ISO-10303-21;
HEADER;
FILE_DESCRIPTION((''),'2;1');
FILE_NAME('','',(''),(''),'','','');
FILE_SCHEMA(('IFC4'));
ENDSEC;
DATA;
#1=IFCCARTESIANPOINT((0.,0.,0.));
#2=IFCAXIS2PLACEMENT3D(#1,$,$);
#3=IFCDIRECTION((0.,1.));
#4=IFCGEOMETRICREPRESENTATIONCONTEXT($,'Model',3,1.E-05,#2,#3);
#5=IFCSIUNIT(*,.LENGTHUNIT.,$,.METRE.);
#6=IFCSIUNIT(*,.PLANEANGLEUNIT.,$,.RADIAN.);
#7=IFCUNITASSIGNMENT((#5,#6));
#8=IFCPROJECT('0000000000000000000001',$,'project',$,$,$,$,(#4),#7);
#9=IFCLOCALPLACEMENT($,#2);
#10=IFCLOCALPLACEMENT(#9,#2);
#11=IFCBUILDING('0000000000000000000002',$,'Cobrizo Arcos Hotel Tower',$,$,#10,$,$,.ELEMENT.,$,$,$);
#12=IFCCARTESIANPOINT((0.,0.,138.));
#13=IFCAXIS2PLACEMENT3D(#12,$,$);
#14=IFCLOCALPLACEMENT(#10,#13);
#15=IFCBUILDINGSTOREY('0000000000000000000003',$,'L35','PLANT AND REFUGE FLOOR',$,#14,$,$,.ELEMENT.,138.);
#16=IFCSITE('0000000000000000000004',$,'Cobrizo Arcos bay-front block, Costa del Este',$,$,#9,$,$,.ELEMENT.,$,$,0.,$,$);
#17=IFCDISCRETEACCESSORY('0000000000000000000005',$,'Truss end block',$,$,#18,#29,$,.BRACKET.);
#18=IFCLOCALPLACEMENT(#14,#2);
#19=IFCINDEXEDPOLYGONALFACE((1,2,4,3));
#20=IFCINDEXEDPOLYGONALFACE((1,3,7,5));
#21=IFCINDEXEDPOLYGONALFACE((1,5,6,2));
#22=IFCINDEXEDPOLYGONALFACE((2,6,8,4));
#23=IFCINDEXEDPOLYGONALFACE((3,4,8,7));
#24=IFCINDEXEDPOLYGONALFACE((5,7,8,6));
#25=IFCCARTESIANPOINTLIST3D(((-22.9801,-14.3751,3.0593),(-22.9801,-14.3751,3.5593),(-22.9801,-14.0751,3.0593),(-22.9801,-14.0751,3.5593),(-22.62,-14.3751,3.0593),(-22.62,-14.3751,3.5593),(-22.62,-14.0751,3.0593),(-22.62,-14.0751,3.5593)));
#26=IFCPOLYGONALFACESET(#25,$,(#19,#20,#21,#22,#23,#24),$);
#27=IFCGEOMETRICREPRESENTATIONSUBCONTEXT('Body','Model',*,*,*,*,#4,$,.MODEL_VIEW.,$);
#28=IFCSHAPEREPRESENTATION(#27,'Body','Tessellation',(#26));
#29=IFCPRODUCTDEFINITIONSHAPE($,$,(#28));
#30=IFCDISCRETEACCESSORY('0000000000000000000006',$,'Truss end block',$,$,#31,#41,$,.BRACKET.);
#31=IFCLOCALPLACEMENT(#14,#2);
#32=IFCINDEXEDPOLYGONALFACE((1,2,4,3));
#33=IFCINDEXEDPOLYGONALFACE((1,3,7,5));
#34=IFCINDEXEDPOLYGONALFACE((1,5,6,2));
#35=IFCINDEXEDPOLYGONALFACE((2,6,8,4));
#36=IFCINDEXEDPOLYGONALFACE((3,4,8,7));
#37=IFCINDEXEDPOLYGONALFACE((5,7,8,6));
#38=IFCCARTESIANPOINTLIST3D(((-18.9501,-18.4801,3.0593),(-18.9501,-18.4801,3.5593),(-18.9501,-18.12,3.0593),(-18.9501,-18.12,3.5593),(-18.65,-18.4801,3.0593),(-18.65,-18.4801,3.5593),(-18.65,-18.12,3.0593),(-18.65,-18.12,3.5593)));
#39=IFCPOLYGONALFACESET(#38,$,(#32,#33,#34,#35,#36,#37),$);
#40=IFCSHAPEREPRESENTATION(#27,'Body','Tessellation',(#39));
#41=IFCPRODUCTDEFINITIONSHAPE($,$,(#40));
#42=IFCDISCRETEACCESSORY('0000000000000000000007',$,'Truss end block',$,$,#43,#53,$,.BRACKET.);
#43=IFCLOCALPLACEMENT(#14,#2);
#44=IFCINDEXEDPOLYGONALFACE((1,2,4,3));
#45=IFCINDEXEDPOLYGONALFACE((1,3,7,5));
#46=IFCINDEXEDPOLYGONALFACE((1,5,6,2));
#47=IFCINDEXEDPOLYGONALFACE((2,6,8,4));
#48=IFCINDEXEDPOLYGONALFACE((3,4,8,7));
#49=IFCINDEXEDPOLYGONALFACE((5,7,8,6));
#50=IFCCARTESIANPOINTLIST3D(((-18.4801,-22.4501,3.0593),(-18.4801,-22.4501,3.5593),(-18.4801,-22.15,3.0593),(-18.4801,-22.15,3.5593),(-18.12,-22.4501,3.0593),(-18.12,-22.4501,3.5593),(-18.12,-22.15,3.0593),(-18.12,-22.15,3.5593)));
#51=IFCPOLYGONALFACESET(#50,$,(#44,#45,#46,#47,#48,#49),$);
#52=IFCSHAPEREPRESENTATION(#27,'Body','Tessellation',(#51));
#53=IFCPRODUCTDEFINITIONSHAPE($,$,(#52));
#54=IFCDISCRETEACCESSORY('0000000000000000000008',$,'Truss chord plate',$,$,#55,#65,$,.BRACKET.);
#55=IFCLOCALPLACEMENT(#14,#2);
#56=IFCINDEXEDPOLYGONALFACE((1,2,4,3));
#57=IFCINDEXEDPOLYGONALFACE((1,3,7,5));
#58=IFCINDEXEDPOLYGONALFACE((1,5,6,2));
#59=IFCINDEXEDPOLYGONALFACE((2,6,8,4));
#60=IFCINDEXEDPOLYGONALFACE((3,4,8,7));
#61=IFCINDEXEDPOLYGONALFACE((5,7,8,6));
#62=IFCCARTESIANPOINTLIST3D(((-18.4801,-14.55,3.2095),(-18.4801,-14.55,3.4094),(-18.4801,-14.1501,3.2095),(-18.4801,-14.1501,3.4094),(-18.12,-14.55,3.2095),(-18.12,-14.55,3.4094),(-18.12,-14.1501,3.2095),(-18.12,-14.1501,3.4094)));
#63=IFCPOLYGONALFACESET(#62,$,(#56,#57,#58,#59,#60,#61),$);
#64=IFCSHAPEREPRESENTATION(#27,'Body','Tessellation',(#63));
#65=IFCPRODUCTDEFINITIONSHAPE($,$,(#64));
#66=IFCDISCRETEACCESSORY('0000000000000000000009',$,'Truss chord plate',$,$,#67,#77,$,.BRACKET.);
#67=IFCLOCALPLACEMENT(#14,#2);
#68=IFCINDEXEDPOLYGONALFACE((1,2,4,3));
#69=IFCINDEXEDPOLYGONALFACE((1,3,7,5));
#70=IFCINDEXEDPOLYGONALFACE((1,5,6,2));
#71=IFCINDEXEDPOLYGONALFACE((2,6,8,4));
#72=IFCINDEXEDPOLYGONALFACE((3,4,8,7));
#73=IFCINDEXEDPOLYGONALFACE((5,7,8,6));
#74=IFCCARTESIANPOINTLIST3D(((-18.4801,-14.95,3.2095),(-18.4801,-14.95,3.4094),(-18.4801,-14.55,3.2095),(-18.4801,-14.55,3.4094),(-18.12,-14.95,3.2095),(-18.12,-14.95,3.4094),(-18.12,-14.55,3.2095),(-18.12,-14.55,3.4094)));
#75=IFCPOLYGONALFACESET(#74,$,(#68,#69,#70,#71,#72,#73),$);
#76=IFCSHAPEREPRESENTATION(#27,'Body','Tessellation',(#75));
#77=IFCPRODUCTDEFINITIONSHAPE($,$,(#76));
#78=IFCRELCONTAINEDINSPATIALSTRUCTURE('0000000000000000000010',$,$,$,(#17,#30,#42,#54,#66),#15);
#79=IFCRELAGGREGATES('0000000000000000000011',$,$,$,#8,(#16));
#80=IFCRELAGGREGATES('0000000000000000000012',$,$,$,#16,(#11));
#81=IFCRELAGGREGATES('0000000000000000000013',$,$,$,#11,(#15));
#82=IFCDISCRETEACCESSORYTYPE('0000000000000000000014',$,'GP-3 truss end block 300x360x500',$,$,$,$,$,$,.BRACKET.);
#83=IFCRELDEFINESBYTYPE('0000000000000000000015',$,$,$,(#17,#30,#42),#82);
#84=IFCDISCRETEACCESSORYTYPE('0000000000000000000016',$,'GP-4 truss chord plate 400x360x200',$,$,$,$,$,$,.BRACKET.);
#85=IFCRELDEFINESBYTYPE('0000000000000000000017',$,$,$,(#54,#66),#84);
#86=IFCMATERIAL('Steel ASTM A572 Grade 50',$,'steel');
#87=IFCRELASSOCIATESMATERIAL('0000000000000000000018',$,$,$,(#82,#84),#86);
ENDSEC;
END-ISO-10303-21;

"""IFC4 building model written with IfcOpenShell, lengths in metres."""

from ifc_helpers import new_model, si_unit, direction, frame, origin, origin_2d, place, context, subcontext, project, spatial, rectangle, extrude, material, type_object, element, save


model = new_model("IFC4")

# Units and contexts
model_context = context("Model", 3, precision=1e-05, world=origin(), true_north=direction((0.0, 1.0)))
body_context = subcontext(model_context, "Body", "Model", "MODEL_VIEW")
ifc_project = project(units=[si_unit("LENGTHUNIT", "METRE"), si_unit("PLANEANGLEUNIT", "RADIAN")], contexts=[model_context])

# Site, building, storey
site_placement = place(None, origin())
site = spatial("IfcSite", under=ifc_project, at=site_placement, Name="Cobrizo Arcos bay-front block, Costa del Este", CompositionType="ELEMENT", RefElevation=0.0)
building_placement = place(site_placement, origin())
building = spatial("IfcBuilding", under=site, at=building_placement, Name="Cobrizo Arcos Hotel Tower", CompositionType="ELEMENT")
storey_placement = place(building_placement, frame((0.0, 0.0, 138.0)))
storey = spatial("IfcBuildingStorey", under=building, at=storey_placement, Name="L35", Description="PLANT AND REFUGE FLOOR", CompositionType="ELEMENT", Elevation=138.0)

# Discrete accessories
ifc_material_1 = material(Name="Steel ASTM A572 Grade 50", Category="steel")
discrete_accessory_type_1 = type_object("IfcDiscreteAccessoryType", Name="GP-3 truss end block 300x360x500", PredefinedType="BRACKET", material=ifc_material_1)
for number, where, z_axis, x_axis, name in (
    (1, (-22.8, -14.2251, 3.0593), (0.0, 0.0, 1.0), (0.0, -1.0, 0.0), "Truss end block"),
    (2, (-18.8, -18.3, 3.0593), (0.0, 0.0, 1.0), (-1.0, 0.0, 0.0), "Truss end block"),
    (3, (-18.3, -22.3, 3.0593), (0.0, 0.0, 1.0), (0.0, 1.0, 0.0), "Truss end block"),
):
    element("IfcDiscreteAccessory", number, at=place(storey_placement, frame(where, z_axis=z_axis, x_axis=x_axis)), inside=storey, type_object=discrete_accessory_type_1, Name=name, PredefinedType="BRACKET", context=body_context, shape_type="SweptSolid", body=[
        extrude(rectangle(XDim=0.3, YDim=0.3601, at=origin_2d()), origin(), (0.0, 0.0, 1.0), 0.5),
    ])
discrete_accessory_type_2 = type_object("IfcDiscreteAccessoryType", Name="GP-4 truss chord plate 400x360x200", PredefinedType="BRACKET", material=ifc_material_1)
for number, where, z_axis, x_axis, name in (
    (4, (-18.3, -14.3501, 3.2095), (0.0, 0.0, 1.0), (0.0, -1.0, 0.0), "Truss chord plate"),
    (5, (-18.3, -14.75, 3.2095), (0.0, 0.0, 1.0), (0.0, -1.0, 0.0), "Truss chord plate"),
):
    element("IfcDiscreteAccessory", number, at=place(storey_placement, frame(where, z_axis=z_axis, x_axis=x_axis)), inside=storey, type_object=discrete_accessory_type_2, Name=name, PredefinedType="BRACKET", context=body_context, shape_type="SweptSolid", body=[
        extrude(rectangle(XDim=0.3999, YDim=0.3601, at=origin_2d()), origin(), (0.0, 0.0, 1.0), 0.2),
    ])

save(model, "model.ifc")
